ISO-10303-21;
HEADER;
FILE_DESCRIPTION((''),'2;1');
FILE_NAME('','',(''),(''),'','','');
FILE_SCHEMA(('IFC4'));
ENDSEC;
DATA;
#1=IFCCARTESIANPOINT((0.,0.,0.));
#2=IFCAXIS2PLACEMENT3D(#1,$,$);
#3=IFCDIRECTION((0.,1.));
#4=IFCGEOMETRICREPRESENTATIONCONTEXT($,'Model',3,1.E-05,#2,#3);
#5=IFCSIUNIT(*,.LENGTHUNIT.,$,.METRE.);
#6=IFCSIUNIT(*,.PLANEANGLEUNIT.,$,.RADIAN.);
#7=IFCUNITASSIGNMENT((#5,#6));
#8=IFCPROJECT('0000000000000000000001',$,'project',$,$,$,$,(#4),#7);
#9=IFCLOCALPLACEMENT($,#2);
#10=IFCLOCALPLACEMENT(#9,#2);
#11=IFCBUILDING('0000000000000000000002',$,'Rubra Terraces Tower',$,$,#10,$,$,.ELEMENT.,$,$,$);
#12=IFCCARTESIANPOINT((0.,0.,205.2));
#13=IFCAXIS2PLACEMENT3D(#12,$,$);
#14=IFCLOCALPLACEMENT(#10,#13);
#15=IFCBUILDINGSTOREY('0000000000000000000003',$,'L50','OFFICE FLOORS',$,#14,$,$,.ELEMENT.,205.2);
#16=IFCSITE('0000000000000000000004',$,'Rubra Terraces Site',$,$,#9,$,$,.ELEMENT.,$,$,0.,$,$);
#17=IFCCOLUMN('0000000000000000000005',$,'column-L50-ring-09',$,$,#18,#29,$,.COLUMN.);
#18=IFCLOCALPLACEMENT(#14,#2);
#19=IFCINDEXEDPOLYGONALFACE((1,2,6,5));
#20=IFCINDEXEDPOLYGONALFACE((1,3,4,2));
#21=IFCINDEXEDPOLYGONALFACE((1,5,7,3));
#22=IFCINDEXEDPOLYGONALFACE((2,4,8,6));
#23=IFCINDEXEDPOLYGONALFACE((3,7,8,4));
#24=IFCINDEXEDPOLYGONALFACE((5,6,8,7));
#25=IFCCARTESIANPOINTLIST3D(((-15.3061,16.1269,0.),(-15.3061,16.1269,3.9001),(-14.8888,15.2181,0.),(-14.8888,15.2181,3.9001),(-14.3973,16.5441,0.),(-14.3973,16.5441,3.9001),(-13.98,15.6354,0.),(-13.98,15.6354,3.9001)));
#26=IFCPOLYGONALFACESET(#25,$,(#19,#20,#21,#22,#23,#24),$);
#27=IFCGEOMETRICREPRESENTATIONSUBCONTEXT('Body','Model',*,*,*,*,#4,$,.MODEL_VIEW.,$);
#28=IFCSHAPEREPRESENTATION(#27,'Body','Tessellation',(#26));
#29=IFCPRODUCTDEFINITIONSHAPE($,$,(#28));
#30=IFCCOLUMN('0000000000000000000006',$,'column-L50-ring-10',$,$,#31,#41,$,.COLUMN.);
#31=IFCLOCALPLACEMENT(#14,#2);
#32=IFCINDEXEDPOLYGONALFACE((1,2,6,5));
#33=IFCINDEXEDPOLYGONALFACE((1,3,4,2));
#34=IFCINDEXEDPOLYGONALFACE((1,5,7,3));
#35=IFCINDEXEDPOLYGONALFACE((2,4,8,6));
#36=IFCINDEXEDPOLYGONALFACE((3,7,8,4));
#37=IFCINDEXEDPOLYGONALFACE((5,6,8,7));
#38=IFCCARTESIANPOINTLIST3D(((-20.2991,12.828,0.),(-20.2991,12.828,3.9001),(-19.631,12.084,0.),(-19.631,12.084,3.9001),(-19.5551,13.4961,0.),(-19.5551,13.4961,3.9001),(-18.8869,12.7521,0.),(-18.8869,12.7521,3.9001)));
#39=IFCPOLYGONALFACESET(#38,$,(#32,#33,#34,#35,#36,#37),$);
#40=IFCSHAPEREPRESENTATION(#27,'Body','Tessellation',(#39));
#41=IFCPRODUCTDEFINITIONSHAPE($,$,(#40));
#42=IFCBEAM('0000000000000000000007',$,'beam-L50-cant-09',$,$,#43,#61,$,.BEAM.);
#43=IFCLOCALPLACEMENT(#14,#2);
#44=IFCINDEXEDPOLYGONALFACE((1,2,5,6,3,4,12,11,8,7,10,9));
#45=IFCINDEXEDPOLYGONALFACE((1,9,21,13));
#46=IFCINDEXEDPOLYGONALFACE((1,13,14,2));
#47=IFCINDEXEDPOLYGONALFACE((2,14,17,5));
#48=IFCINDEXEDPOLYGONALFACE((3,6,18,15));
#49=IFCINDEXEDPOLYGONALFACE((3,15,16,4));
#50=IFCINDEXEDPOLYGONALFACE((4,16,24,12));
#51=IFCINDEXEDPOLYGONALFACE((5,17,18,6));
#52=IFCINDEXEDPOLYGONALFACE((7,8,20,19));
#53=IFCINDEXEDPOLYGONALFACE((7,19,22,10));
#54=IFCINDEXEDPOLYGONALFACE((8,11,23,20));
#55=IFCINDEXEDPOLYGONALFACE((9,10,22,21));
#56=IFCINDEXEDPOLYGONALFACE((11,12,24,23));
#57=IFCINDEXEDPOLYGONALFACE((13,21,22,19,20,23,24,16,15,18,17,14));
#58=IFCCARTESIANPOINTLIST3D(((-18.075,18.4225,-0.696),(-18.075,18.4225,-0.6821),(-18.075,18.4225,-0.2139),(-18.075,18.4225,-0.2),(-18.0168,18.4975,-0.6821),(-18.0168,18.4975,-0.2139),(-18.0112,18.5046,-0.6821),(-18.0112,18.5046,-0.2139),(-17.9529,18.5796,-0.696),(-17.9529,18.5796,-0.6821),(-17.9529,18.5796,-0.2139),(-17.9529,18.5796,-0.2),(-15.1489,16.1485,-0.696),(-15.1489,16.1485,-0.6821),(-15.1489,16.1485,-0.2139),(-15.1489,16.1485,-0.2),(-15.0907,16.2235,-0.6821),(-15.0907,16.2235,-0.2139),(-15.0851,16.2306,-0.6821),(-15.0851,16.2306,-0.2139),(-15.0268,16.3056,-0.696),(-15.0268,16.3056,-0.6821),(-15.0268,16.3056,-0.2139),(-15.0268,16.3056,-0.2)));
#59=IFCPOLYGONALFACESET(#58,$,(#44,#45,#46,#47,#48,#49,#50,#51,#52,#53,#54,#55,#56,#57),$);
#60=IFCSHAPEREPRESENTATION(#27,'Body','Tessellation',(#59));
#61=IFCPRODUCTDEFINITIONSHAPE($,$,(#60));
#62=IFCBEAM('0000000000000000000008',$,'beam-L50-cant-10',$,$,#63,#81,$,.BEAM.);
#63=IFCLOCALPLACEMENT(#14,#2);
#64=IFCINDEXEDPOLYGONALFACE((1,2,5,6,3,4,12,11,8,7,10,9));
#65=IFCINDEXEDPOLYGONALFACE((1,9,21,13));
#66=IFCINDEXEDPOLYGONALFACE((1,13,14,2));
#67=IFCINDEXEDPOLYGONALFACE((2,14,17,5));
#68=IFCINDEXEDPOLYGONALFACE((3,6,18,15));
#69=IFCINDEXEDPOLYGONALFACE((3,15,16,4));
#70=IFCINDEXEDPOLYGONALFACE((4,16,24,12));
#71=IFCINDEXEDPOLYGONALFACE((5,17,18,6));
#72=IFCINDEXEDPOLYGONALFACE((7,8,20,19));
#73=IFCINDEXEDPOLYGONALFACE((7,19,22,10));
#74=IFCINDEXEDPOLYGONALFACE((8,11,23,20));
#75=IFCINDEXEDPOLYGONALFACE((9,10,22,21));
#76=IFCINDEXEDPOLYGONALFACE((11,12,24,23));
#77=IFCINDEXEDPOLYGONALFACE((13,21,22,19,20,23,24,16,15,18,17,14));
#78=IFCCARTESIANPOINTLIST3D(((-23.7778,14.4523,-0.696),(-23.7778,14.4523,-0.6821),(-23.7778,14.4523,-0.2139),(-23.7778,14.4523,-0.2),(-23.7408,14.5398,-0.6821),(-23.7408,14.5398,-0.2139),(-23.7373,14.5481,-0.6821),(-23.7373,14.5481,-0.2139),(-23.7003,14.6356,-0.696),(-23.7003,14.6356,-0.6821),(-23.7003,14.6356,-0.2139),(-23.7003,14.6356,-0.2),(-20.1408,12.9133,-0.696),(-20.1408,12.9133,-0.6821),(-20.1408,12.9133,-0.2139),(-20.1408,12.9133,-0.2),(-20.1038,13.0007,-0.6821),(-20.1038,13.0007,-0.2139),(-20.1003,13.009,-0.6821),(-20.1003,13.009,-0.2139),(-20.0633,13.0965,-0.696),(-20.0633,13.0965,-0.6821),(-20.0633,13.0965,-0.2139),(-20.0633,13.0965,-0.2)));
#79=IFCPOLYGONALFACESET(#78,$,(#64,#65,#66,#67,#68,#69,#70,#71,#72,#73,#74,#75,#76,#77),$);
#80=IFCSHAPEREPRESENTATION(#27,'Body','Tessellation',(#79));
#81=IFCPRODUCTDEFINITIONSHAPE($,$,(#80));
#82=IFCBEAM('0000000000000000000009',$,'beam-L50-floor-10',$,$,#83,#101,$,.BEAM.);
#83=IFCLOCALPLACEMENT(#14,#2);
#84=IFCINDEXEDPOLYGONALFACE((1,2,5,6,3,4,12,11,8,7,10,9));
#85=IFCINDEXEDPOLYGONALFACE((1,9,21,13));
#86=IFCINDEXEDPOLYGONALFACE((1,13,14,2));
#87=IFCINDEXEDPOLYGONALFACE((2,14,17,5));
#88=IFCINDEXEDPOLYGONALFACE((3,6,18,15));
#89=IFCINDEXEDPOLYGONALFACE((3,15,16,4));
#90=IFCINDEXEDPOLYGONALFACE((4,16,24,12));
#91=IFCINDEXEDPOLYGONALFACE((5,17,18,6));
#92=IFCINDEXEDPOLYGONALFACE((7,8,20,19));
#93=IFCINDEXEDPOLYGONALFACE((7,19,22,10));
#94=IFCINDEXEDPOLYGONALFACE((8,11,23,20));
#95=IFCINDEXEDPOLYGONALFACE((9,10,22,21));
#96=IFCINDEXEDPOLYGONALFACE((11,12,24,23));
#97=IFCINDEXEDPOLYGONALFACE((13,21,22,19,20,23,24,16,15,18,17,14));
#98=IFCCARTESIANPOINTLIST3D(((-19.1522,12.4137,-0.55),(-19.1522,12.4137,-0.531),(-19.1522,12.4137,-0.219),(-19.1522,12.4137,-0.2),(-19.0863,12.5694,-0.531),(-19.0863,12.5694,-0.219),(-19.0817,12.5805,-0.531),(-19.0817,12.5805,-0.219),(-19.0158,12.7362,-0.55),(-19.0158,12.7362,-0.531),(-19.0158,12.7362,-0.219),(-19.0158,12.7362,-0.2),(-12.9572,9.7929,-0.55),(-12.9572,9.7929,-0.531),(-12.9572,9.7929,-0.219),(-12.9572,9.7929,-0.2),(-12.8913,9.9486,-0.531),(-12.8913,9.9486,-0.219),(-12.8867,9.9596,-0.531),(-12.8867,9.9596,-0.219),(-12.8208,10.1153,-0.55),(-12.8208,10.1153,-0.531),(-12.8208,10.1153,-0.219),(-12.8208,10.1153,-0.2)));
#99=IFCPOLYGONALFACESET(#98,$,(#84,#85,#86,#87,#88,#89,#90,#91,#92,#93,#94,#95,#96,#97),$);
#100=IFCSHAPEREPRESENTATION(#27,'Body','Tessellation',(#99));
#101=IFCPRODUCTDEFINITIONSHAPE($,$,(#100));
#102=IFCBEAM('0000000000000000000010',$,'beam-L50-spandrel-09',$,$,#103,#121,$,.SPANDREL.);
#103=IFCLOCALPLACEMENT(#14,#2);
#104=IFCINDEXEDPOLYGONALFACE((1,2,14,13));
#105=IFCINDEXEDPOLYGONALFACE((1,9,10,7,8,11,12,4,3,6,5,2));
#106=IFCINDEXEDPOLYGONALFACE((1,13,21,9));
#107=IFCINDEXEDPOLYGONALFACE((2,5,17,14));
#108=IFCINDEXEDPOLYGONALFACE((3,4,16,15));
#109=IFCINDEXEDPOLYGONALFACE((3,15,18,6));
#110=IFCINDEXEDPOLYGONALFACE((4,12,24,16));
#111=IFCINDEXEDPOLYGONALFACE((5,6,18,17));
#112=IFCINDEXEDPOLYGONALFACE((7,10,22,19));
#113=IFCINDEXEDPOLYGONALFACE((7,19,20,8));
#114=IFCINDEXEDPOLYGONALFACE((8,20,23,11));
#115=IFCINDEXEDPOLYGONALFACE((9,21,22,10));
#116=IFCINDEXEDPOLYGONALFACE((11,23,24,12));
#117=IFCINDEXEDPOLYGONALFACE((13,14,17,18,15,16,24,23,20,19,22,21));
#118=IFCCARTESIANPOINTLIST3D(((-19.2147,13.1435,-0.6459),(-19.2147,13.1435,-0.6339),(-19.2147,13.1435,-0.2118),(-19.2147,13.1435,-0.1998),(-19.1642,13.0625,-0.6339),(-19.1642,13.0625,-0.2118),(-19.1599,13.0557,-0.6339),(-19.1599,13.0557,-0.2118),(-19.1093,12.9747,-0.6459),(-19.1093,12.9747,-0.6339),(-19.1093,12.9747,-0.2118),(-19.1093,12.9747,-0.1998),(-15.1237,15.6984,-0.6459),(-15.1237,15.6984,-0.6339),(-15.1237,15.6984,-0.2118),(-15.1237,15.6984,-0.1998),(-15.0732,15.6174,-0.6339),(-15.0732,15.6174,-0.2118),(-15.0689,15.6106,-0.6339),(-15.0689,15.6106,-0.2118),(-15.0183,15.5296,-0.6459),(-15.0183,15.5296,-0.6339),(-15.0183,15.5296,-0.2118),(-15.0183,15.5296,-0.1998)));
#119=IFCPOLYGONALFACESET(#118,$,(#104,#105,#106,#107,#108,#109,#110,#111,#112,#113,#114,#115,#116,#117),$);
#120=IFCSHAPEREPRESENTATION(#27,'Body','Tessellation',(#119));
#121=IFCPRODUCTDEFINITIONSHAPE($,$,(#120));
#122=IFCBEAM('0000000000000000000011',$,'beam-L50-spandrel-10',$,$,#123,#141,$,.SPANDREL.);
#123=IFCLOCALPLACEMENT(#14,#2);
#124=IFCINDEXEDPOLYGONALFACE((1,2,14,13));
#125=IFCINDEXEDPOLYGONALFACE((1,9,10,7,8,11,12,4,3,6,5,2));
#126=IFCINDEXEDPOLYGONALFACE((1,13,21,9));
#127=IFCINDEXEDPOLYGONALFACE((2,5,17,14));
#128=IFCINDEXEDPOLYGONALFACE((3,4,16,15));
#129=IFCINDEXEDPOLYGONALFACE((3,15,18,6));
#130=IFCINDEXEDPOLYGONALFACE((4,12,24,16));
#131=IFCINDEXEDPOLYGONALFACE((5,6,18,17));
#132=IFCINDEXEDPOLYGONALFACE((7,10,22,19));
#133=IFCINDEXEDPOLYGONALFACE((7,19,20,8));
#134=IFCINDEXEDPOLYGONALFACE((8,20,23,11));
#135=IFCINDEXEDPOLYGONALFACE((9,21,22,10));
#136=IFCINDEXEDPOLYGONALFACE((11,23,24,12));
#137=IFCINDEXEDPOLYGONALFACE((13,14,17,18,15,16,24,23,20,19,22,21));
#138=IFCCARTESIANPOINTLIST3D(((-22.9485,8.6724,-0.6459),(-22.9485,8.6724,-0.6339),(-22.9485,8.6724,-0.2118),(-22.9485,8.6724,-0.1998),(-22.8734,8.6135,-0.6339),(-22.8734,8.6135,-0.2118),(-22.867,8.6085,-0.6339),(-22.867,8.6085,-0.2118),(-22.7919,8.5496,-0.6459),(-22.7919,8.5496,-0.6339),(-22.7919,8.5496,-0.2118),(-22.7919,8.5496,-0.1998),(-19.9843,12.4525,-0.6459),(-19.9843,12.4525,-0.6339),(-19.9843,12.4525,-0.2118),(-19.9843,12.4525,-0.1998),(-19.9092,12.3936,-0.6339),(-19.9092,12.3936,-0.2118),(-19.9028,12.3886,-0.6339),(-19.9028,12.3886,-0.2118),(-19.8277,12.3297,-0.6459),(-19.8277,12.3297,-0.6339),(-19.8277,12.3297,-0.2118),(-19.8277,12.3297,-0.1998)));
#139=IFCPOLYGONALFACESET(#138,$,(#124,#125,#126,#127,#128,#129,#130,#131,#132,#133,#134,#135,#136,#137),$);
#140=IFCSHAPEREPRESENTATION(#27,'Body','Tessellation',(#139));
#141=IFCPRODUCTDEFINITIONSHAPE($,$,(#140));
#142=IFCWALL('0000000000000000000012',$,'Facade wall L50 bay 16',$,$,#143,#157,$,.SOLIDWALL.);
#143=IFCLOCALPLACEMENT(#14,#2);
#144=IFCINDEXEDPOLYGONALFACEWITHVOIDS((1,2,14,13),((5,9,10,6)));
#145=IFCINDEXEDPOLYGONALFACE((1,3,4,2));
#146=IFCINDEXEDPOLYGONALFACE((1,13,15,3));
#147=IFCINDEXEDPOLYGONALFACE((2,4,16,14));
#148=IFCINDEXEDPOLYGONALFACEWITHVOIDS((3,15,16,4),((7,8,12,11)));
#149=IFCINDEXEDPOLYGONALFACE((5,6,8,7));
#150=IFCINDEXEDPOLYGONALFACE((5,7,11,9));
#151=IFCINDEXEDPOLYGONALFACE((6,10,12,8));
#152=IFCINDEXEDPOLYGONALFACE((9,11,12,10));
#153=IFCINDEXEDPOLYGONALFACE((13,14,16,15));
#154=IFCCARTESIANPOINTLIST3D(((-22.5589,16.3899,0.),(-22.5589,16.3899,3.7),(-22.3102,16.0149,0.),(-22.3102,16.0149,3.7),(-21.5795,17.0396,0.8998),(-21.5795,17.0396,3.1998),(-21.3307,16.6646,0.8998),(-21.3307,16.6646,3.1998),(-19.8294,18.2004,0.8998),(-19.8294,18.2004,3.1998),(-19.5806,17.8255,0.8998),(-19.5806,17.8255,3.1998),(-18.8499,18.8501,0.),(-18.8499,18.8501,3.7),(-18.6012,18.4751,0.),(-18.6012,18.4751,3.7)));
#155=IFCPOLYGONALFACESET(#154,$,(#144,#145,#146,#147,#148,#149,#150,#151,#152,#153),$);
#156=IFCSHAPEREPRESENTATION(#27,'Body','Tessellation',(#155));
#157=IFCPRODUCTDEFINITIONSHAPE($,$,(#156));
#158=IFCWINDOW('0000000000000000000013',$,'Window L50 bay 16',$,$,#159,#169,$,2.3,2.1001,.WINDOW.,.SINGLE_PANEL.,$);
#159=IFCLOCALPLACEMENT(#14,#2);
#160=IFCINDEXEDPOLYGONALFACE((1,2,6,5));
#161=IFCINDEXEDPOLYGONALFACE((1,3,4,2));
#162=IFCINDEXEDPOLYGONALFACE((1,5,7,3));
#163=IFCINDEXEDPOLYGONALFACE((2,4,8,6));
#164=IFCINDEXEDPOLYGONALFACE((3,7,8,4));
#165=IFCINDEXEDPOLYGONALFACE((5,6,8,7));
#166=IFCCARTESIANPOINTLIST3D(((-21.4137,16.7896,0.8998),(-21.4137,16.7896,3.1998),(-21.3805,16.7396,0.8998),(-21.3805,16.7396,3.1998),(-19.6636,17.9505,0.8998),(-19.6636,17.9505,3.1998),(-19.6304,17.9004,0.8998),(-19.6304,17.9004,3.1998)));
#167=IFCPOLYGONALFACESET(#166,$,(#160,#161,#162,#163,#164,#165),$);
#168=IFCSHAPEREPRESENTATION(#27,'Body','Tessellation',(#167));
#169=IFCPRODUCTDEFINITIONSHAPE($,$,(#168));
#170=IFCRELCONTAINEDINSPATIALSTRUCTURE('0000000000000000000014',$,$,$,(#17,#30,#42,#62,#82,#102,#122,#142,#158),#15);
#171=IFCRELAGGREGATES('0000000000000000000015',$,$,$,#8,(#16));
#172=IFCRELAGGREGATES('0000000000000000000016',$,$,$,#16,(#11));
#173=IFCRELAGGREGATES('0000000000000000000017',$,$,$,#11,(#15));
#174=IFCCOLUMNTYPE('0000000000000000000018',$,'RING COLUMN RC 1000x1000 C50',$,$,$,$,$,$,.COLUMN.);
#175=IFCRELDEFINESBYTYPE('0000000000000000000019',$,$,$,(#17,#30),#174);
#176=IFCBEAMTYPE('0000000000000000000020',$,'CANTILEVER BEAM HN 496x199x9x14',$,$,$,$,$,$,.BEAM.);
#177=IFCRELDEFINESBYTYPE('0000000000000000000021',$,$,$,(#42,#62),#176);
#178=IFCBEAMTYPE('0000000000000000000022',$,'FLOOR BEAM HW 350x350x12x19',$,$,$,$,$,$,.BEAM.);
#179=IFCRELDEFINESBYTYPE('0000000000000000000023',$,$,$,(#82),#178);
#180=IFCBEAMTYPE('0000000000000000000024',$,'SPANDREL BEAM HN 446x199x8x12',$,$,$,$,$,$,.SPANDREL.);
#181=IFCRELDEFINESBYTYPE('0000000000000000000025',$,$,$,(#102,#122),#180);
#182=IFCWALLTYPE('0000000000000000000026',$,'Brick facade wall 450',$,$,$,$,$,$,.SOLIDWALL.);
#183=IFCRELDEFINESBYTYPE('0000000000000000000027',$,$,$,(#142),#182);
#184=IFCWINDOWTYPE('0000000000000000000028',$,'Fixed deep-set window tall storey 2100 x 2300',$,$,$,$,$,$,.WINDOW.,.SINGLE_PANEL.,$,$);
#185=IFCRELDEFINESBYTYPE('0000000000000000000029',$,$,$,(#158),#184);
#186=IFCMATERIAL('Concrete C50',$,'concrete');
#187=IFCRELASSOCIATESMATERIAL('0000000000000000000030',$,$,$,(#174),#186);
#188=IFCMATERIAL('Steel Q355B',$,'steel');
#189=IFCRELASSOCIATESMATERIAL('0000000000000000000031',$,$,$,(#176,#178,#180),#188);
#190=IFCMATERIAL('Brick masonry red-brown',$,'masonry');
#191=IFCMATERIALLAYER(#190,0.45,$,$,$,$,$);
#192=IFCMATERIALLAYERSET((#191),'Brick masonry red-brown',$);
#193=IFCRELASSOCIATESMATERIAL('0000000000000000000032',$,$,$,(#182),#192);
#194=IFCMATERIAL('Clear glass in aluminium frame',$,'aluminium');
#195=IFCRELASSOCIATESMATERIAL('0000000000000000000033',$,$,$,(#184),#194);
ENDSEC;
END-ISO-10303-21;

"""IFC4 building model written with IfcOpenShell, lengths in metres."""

from ifc_helpers import new_model, si_unit, direction, frame, frame_2d, origin, origin_2d, place, context, subcontext, project, spatial, rectangle, i_section, extrude, material, layer, layer_set, material_profile, profile_set, type_object, element, fill, save


model = new_model("IFC4")

# Units and contexts
model_context = context("Model", 3, precision=1e-05, world=origin(), true_north=direction((0.0, 1.0)))
body_context = subcontext(model_context, "Body", "Model", "MODEL_VIEW")
ifc_project = project(units=[si_unit("LENGTHUNIT", "METRE"), si_unit("PLANEANGLEUNIT", "RADIAN")], contexts=[model_context])

# Site, building, storey
site_placement = place(None, origin())
site = spatial("IfcSite", under=ifc_project, at=site_placement, Name="Rubra Terraces Site", CompositionType="ELEMENT", RefElevation=0.0)
building_placement = place(site_placement, origin())
building = spatial("IfcBuilding", under=site, at=building_placement, Name="Rubra Terraces Tower", CompositionType="ELEMENT")
storey_placement = place(building_placement, frame((0.0, 0.0, 205.2)))
storey = spatial("IfcBuildingStorey", under=building, at=storey_placement, Name="L50", Description="OFFICE FLOORS", CompositionType="ELEMENT", Elevation=205.2)

# Columns
ifc_material_1 = material(Name="Concrete C50", Category="concrete")
ifc_material_profile_1 = material_profile(ifc_material_1, rectangle(XDim=1.0, YDim=1.0, at=origin_2d()), Name="RC 1000x1000")
ifc_profile_set_1 = profile_set([ifc_material_profile_1], Name="Concrete C50")
column_type = type_object("IfcColumnType", Name="RING COLUMN RC 1000x1000 C50", PredefinedType="COLUMN", material=ifc_profile_set_1)
for number, where, z_axis, x_axis, name in (
    (1, (-14.6431, 15.8811, 0.0), (0.0, 0.0, 1.0), (-0.908779, -0.417279, 0.0), "column-L50-ring-09"),
    (2, (-19.593, 12.79, 0.0), (0.0, 0.0, 1.0), (-0.744021, -0.668156, 0.0), "column-L50-ring-10"),
):
    element("IfcColumn", number, at=place(storey_placement, frame(where, z_axis=z_axis, x_axis=x_axis)), inside=storey, type_object=column_type, Name=name, PredefinedType="COLUMN", context=body_context, shape_type="SweptSolid", body=[
        extrude(rectangle(XDim=1.0, YDim=1.0, at=origin_2d()), origin(), (0.0, 0.0, 1.0), 3.9001),
    ])

# Beams
ifc_material_2 = material(Name="Steel Q355B", Category="steel")
ifc_material_profile_2 = material_profile(ifc_material_2, i_section(OverallWidth=0.199, OverallDepth=0.4961, WebThickness=0.009, FlangeThickness=0.0139, at=origin_2d()), Name="HN 496x199x9x14")
ifc_profile_set_2 = profile_set([ifc_material_profile_2], Name="Steel Q355B")
beam_type_1 = type_object("IfcBeamType", Name="CANTILEVER BEAM HN 496x199x9x14", PredefinedType="BEAM", material=ifc_profile_set_2)
beam_1_placement = place(storey_placement, frame((-15.0879, 16.2271, -0.448), z_axis=(-0.789597, 0.613626, 0.0), x_axis=(-0.613626, -0.789597, 0.0)))
element("IfcBeam", 3, at=beam_1_placement, inside=storey, type_object=beam_type_1, Name="beam-L50-cant-09", PredefinedType="BEAM", context=body_context, shape_type="SweptSolid", body=[
    extrude(i_section(OverallWidth=0.199, OverallDepth=0.4961, WebThickness=0.009, FlangeThickness=0.0139, at=origin_2d()), origin(), (0.0, 0.0, 1.0), 3.7058),
])
beam_2_placement = place(storey_placement, frame((-20.1021, 13.0049, -0.448), z_axis=(-0.920936, 0.389715, 0.0), x_axis=(-0.389715, -0.920936, 0.0)))
element("IfcBeam", 4, at=beam_2_placement, inside=storey, type_object=beam_type_1, Name="beam-L50-cant-10", PredefinedType="BEAM", context=body_context, shape_type="SweptSolid", body=[
    extrude(i_section(OverallWidth=0.199, OverallDepth=0.4961, WebThickness=0.009, FlangeThickness=0.0139, at=origin_2d()), origin(), (0.0, 0.0, 1.0), 3.9492),
])
ifc_material_profile_3 = material_profile(ifc_material_2, i_section(OverallWidth=0.3501, OverallDepth=0.3501, WebThickness=0.012, FlangeThickness=0.019, at=origin_2d()), Name="HW 350x350x12x19")
ifc_profile_set_3 = profile_set([ifc_material_profile_3], Name="Steel Q355B")
beam_type_2 = type_object("IfcBeamType", Name="FLOOR BEAM HW 350x350x12x19", PredefinedType="BEAM", material=ifc_profile_set_3)
beam_3_placement = place(storey_placement, frame((-19.084, 12.575, -0.375), z_axis=(0.920975, -0.389622, 0.0), x_axis=(0.389622, 0.920975, 0.0)))
element("IfcBeam", 5, at=beam_3_placement, inside=storey, type_object=beam_type_2, Name="beam-L50-floor-10", PredefinedType="BEAM", context=body_context, shape_type="SweptSolid", body=[
    extrude(i_section(OverallWidth=0.3501, OverallDepth=0.3501, WebThickness=0.012, FlangeThickness=0.019, at=origin_2d()), origin(), (0.0, 0.0, 1.0), 6.7266),
])
ifc_material_profile_4 = material_profile(ifc_material_2, i_section(OverallWidth=0.199, OverallDepth=0.446, WebThickness=0.0081, FlangeThickness=0.012, at=origin_2d()), Name="HN 446x199x8x12")
ifc_profile_set_4 = profile_set([ifc_material_profile_4], Name="Steel Q355B")
beam_type_3 = type_object("IfcBeamType", Name="SPANDREL BEAM HN 446x199x8x12", PredefinedType="SPANDREL", material=ifc_profile_set_4)
beam_4_placement = place(storey_placement, frame((-15.071, 15.614, -0.4229), z_axis=(-0.848183, -0.529703, 0.0), x_axis=(0.529703, -0.848183, 0.0)))
element("IfcBeam", 6, at=beam_4_placement, inside=storey, type_object=beam_type_3, Name="beam-L50-spandrel-09", PredefinedType="SPANDREL", context=body_context, shape_type="SweptSolid", body=[
    extrude(i_section(OverallWidth=0.199, OverallDepth=0.446, WebThickness=0.0081, FlangeThickness=0.012, at=origin_2d()), origin(), (0.0, 0.0, 1.0), 4.8232),
])
beam_5_placement = place(storey_placement, frame((-19.906, 12.3911, -0.4229), z_axis=(-0.61706, -0.786916, 0.0), x_axis=(0.786916, -0.61706, 0.0)))
element("IfcBeam", 7, at=beam_5_placement, inside=storey, type_object=beam_type_3, Name="beam-L50-spandrel-10", PredefinedType="SPANDREL", context=body_context, shape_type="SweptSolid", body=[
    extrude(i_section(OverallWidth=0.199, OverallDepth=0.446, WebThickness=0.0081, FlangeThickness=0.012, at=origin_2d()), origin(), (0.0, 0.0, 1.0), 4.8037),
])

# Wall, opening, window
ifc_material_3 = material(Name="Brick masonry red-brown", Category="masonry")
ifc_layer_1 = layer(ifc_material_3, 0.45)
ifc_layer_set_1 = layer_set([ifc_layer_1], Name="Brick masonry red-brown")
wall_type_1 = type_object("IfcWallType", Name="Brick facade wall 450", PredefinedType="SOLIDWALL", material=ifc_layer_set_1)
wall_1_placement = place(storey_placement, frame((-18.7256, 18.6626, 0.0), z_axis=(0.0, 0.0, 1.0), x_axis=(-0.833339, -0.552762, 0.0)))
wall_1 = element("IfcWall", 8, at=wall_1_placement, inside=storey, type_object=wall_type_1, Name="Facade wall L50 bay 16", PredefinedType="SOLIDWALL", context=body_context, shape_type="SweptSolid", body=[
    extrude(rectangle(XDim=4.4507, YDim=0.45, at=frame_2d((2.2253, 0.0))), origin(), (0.0, 0.0, 1.0), 3.7),
])
opening_1_placement = place(wall_1_placement, frame((1.1753, 0.0, 0.8999)))
opening_1 = element("IfcOpeningElement", 9, at=opening_1_placement, cuts=wall_1, PredefinedType="OPENING", context=body_context, shape_type="SweptSolid", body=[
    extrude(rectangle(XDim=2.1001, YDim=2.3, at=frame_2d((1.05, 1.1499))), frame((0.0, 0.2349, 0.0), z_axis=(0.0, -1.0, 0.0), x_axis=(1.0, 0.0, 0.0)), (0.0, 0.0, 1.0), 0.47),
])
ifc_material_4 = material(Name="Clear glass in aluminium frame", Category="aluminium")
window_type = type_object("IfcWindowType", Name="Fixed deep-set window tall storey 2100 x 2300", PartitioningType="SINGLE_PANEL", PredefinedType="WINDOW", material=ifc_material_4)
window_1_placement = place(opening_1_placement, origin())
window_1 = element("IfcWindow", 10, at=window_1_placement, inside=storey, type_object=window_type, Name="Window L50 bay 16", OverallHeight=2.3, OverallWidth=2.1001, PartitioningType="SINGLE_PANEL", PredefinedType="WINDOW", context=body_context, shape_type="SweptSolid", body=[
    extrude(rectangle(XDim=2.1001, YDim=2.3, at=frame_2d((1.05, 1.1499))), frame((0.0, 0.135, 0.0), z_axis=(0.0, -1.0, 0.0), x_axis=(1.0, 0.0, 0.0)), (0.0, 0.0, 1.0), 0.0601),
])
fill(opening_1, window_1)

save(model, "model.ifc")
